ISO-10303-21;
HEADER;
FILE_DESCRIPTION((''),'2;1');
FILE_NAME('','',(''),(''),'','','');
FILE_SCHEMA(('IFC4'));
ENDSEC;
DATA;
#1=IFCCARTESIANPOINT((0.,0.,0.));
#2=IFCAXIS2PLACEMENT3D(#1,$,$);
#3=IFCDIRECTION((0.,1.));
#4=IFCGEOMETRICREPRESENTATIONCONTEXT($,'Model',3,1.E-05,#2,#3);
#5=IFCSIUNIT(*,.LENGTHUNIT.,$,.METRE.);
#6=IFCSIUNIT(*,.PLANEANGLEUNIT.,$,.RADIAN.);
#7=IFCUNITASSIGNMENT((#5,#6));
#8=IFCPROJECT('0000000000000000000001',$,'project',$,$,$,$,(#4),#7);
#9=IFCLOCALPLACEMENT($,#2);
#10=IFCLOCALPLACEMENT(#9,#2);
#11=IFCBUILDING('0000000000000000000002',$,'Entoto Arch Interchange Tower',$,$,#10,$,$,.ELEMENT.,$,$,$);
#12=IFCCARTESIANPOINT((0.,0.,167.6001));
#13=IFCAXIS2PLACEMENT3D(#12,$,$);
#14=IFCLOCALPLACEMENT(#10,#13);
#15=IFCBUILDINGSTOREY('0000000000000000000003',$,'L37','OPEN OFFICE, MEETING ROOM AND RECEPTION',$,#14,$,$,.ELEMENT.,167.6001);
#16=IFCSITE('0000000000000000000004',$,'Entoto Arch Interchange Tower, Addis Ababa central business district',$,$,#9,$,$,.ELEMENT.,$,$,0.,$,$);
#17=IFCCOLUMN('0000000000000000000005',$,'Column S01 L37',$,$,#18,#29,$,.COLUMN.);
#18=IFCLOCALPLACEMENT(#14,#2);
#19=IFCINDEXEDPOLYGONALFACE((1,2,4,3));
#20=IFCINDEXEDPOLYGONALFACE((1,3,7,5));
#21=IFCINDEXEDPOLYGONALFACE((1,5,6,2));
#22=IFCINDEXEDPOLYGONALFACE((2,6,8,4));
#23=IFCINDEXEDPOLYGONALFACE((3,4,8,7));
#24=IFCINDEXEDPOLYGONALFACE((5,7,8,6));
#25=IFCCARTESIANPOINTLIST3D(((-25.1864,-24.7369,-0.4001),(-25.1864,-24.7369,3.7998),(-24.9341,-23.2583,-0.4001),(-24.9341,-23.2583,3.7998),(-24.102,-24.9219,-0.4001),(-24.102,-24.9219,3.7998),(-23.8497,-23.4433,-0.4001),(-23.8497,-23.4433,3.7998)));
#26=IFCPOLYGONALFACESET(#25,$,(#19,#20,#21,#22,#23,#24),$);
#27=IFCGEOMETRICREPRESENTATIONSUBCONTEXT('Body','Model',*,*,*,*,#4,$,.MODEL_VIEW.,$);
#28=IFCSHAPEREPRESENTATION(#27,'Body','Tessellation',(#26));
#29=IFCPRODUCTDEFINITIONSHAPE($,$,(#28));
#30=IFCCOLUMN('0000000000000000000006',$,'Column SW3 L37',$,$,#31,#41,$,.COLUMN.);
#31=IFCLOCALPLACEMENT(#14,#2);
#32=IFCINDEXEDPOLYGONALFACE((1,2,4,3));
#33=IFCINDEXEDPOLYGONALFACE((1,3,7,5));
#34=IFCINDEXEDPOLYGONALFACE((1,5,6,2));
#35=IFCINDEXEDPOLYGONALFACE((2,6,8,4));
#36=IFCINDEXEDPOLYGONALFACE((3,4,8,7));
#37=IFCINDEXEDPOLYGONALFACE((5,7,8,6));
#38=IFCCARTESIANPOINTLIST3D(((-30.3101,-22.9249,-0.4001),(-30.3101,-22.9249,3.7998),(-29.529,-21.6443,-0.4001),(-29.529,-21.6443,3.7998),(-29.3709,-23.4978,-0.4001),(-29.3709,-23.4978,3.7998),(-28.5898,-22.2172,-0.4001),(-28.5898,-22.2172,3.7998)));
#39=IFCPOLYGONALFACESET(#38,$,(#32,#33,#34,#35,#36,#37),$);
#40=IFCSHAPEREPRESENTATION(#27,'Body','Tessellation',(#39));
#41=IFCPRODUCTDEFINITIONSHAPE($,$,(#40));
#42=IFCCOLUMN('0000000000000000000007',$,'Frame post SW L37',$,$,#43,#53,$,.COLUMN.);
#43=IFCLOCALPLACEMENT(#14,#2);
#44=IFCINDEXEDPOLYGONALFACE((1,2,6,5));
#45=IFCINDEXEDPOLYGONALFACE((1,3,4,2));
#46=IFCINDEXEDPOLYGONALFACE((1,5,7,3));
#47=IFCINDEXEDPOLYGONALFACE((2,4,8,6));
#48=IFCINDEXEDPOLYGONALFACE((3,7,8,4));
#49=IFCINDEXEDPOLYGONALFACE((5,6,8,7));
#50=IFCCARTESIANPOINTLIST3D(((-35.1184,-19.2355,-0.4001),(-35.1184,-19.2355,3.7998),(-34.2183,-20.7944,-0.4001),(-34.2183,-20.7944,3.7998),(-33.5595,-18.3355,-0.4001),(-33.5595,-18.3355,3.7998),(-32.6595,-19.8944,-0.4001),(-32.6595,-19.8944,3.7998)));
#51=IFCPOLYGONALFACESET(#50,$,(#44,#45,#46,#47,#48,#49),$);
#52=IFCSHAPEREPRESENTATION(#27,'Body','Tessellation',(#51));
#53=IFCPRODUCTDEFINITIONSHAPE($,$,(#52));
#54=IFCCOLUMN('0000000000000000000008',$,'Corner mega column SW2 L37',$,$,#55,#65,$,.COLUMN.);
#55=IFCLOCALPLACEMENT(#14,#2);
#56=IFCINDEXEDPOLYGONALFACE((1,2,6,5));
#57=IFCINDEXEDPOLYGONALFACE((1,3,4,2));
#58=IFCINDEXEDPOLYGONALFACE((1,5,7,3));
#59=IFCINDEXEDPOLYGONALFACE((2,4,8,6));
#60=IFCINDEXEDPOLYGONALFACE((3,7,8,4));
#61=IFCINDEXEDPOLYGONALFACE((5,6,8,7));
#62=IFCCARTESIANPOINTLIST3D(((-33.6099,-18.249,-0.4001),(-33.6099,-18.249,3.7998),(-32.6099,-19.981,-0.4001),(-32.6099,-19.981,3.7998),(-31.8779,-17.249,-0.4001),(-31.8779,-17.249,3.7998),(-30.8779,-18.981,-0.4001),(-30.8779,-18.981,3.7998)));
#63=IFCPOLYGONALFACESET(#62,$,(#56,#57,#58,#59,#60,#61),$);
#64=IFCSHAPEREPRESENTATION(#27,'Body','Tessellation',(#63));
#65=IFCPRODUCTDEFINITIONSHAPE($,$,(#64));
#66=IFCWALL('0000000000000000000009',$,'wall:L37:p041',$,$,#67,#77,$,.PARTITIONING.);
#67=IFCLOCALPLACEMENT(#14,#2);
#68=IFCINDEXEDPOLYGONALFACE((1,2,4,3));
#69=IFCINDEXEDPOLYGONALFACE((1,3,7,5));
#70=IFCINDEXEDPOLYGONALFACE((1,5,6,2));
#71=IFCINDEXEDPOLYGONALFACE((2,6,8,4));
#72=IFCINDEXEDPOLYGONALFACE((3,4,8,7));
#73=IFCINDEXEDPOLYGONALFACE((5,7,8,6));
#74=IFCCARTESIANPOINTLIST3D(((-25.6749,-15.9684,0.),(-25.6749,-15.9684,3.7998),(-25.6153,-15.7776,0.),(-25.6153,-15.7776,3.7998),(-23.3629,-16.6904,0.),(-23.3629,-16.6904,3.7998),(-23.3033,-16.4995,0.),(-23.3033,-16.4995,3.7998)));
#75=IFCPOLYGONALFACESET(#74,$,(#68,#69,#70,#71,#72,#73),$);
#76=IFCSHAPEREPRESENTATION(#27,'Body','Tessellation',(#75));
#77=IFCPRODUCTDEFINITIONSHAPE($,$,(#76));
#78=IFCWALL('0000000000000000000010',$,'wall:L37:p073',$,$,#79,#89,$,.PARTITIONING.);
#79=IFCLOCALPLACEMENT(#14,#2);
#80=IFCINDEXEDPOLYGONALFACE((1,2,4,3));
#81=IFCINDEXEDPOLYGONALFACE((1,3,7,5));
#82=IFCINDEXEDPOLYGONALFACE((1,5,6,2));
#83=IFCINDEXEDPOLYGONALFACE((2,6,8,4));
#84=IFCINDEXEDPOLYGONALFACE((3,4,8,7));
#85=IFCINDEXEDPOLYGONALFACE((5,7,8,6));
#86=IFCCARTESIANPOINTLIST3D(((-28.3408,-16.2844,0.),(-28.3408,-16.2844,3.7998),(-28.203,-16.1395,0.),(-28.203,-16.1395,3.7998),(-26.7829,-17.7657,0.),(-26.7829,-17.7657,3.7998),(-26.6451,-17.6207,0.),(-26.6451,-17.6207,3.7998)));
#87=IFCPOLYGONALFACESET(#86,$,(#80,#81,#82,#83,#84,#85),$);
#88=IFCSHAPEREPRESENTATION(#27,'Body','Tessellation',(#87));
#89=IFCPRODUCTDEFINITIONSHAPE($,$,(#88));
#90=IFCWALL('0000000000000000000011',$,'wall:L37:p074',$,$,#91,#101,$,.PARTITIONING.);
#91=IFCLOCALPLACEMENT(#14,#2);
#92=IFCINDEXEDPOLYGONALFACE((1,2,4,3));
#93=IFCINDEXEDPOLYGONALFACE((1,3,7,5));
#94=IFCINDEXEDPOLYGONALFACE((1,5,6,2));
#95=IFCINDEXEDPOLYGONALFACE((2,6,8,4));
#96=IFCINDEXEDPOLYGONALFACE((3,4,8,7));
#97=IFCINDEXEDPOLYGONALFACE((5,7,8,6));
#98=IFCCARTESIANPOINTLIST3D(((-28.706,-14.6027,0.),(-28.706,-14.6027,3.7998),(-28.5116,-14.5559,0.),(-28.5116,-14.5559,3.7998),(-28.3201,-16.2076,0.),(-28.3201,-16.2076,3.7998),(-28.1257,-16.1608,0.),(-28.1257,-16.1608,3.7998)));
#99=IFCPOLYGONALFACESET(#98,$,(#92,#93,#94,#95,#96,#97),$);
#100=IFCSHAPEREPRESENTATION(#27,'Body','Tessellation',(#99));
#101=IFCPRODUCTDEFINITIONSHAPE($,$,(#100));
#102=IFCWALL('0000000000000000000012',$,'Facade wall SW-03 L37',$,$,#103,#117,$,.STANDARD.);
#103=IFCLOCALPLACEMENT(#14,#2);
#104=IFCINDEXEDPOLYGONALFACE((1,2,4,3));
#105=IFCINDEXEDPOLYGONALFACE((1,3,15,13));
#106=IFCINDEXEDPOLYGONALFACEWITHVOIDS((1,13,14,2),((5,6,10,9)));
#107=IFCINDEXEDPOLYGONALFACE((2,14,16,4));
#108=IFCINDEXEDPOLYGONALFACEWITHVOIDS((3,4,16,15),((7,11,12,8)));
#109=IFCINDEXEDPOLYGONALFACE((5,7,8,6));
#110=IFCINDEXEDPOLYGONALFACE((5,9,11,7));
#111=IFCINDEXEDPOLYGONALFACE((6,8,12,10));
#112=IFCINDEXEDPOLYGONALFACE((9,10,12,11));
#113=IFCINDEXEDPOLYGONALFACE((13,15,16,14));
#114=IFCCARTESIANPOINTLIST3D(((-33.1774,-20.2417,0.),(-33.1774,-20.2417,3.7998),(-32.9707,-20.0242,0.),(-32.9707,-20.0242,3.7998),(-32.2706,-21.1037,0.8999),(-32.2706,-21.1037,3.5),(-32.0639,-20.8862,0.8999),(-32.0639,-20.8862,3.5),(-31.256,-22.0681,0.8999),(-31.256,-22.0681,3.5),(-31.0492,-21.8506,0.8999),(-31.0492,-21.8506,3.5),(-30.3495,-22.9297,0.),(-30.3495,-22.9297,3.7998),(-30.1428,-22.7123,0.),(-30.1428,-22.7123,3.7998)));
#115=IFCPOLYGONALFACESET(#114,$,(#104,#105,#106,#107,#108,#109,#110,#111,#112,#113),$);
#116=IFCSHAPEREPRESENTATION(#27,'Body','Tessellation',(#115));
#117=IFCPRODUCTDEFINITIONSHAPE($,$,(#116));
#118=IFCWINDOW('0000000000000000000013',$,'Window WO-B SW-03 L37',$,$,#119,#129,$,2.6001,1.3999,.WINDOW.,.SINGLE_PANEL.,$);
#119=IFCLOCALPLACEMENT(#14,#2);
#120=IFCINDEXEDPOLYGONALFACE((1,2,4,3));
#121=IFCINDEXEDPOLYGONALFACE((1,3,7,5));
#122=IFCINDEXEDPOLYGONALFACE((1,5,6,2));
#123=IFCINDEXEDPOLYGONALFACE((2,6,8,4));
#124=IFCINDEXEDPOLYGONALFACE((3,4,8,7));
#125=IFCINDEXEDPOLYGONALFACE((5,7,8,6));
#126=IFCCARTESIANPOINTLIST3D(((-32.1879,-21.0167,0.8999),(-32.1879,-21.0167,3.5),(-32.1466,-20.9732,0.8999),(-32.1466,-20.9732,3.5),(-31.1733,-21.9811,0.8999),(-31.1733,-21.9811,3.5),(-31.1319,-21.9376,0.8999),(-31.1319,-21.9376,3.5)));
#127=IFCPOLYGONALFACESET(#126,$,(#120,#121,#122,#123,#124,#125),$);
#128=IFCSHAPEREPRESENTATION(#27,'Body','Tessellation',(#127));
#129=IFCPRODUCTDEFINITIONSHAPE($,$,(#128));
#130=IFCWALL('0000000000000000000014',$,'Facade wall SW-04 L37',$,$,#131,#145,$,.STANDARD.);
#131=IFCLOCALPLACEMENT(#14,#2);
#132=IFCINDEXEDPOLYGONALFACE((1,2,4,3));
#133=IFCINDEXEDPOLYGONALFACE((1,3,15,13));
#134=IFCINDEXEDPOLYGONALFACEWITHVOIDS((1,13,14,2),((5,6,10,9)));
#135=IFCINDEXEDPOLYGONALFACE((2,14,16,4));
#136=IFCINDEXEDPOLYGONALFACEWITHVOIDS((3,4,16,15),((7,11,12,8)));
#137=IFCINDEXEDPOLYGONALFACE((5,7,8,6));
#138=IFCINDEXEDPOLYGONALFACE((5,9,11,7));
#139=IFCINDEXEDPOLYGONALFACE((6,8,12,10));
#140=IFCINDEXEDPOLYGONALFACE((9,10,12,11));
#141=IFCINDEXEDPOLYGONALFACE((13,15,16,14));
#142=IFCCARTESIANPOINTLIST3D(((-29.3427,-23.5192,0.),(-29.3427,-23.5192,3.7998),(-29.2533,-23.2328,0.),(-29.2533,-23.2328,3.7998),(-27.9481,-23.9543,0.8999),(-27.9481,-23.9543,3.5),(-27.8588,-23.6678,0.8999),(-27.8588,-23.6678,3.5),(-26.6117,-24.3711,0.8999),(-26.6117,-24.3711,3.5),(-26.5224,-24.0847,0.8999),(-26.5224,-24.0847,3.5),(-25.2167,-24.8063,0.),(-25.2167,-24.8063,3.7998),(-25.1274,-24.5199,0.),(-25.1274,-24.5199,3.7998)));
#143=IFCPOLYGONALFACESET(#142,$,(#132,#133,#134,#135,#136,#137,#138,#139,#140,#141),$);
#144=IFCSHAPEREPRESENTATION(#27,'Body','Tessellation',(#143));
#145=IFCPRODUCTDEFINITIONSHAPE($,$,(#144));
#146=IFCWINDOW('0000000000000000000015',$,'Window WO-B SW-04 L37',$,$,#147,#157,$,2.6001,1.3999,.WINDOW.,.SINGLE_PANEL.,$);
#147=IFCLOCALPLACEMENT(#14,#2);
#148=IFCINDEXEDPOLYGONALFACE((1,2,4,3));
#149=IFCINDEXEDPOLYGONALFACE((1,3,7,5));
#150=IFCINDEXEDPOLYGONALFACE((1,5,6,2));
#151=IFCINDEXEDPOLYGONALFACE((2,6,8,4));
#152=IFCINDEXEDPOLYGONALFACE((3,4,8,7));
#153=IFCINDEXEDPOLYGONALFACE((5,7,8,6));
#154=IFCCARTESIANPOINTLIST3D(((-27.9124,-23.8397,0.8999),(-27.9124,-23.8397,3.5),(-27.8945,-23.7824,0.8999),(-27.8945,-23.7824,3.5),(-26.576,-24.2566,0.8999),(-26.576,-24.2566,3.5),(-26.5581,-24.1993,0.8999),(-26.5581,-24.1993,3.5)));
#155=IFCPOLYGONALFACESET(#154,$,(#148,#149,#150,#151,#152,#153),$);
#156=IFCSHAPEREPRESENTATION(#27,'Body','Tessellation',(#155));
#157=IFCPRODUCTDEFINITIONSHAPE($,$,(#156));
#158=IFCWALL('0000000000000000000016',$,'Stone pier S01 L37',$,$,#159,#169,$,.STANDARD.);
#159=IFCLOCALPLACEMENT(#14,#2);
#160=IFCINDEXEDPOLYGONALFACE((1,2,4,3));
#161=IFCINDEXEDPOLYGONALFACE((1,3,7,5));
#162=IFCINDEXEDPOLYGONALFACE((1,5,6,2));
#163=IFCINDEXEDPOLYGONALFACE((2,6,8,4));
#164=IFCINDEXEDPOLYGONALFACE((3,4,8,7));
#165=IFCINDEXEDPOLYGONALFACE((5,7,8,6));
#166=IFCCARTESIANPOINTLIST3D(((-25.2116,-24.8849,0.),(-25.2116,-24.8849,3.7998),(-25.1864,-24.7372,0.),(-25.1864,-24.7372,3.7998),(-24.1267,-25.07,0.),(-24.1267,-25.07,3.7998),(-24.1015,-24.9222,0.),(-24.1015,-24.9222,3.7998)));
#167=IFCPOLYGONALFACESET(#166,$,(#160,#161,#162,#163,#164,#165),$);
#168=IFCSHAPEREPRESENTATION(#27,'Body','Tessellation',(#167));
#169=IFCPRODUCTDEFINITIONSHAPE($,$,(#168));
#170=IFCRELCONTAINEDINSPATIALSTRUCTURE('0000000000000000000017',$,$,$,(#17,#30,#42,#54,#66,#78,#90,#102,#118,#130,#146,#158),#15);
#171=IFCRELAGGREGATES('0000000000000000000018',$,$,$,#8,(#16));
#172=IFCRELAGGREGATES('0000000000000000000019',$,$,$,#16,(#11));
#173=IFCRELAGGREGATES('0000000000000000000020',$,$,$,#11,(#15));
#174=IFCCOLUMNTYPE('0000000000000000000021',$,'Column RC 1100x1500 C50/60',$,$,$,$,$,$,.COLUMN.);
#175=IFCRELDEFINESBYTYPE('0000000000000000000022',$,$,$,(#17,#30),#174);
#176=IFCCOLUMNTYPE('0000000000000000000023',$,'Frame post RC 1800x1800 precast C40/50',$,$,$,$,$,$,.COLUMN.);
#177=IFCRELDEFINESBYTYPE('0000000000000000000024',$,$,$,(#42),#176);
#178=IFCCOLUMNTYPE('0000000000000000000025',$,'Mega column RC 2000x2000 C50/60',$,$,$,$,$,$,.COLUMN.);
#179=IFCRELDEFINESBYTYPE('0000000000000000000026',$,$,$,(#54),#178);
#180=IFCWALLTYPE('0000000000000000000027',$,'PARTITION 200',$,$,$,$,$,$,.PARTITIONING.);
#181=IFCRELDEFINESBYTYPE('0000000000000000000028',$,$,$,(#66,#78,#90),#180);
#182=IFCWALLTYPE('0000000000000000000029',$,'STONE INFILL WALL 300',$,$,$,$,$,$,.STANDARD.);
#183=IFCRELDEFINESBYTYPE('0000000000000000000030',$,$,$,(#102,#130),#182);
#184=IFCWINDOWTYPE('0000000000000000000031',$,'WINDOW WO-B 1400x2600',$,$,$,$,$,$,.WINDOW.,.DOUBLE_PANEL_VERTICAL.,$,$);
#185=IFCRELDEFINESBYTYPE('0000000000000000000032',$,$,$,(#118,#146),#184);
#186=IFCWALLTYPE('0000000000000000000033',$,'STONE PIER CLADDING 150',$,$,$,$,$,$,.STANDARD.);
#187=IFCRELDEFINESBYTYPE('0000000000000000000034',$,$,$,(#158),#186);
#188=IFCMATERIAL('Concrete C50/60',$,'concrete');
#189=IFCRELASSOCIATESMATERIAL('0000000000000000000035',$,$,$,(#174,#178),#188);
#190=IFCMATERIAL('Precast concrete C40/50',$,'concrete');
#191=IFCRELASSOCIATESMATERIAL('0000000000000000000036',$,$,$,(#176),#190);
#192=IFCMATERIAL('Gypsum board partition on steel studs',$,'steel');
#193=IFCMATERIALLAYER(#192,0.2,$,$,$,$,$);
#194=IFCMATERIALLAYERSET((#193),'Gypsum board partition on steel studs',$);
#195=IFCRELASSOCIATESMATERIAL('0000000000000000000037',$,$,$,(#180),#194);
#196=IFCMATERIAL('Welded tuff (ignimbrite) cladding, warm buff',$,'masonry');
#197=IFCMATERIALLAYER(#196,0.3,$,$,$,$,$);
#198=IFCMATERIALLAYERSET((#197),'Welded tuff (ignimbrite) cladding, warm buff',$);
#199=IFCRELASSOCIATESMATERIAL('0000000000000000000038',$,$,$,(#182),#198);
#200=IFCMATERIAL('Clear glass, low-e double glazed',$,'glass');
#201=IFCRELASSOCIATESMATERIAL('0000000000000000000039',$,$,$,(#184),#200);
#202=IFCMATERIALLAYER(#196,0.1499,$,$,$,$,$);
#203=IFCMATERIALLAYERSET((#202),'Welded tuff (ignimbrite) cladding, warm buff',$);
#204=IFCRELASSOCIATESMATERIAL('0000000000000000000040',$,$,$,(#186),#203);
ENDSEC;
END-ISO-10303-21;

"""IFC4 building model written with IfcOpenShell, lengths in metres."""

from ifc_helpers import new_model, si_unit, direction, frame, frame_2d, origin, origin_2d, place, context, subcontext, project, spatial, rectangle, extrude, material, layer, layer_set, material_profile, profile_set, type_object, element, fill, save


model = new_model("IFC4")

# Units and contexts
model_context = context("Model", 3, precision=1e-05, world=origin(), true_north=direction((0.0, 1.0)))
body_context = subcontext(model_context, "Body", "Model", "MODEL_VIEW")
ifc_project = project(units=[si_unit("LENGTHUNIT", "METRE"), si_unit("PLANEANGLEUNIT", "RADIAN")], contexts=[model_context])

# Site, building, storey
site_placement = place(None, origin())
site = spatial("IfcSite", under=ifc_project, at=site_placement, Name="Entoto Arch Interchange Tower, Addis Ababa central business district", CompositionType="ELEMENT", RefElevation=0.0)
building_placement = place(site_placement, origin())
building = spatial("IfcBuilding", under=site, at=building_placement, Name="Entoto Arch Interchange Tower", CompositionType="ELEMENT")
storey_placement = place(building_placement, frame((0.0, 0.0, 167.6001)))
storey = spatial("IfcBuildingStorey", under=building, at=storey_placement, Name="L37", Description="OPEN OFFICE, MEETING ROOM AND RECEPTION", CompositionType="ELEMENT", Elevation=167.6001)

# Columns
ifc_material_1 = material(Name="Concrete C50/60", Category="concrete")
ifc_material_profile_1 = material_profile(ifc_material_1, rectangle(XDim=1.1001, YDim=1.5, at=origin_2d()))
ifc_profile_set_1 = profile_set([ifc_material_profile_1], Name="Concrete C50/60")
column_type_1 = type_object("IfcColumnType", Name="Column RC 1100x1500 C50/60", PredefinedType="COLUMN", material=ifc_profile_set_1)
for number, where, z_axis, x_axis, name in (
    (1, (-24.5181, -24.0901, -0.4001), (0.0, 0.0, 1.0), (-0.985753, 0.168197, 0.0), "Column S01 L37"),
    (2, (-29.45, -22.571, -0.4001), (0.0, 0.0, 1.0), (-0.853714, 0.520741, 0.0), "Column SW3 L37"),
):
    element("IfcColumn", number, at=place(storey_placement, frame(where, z_axis=z_axis, x_axis=x_axis)), inside=storey, type_object=column_type_1, Name=name, PredefinedType="COLUMN", context=body_context, shape_type="SweptSolid", body=[
        extrude(rectangle(XDim=1.1001, YDim=1.5, at=origin_2d()), origin(), (0.0, 0.0, 1.0), 4.2),
    ])
ifc_material_2 = material(Name="Precast concrete C40/50", Category="concrete")
ifc_material_profile_2 = material_profile(ifc_material_2, rectangle(XDim=1.8, YDim=1.8, at=origin_2d()))
ifc_profile_set_2 = profile_set([ifc_material_profile_2], Name="Precast concrete C40/50")
column_type_2 = type_object("IfcColumnType", Name="Frame post RC 1800x1800 precast C40/50", PredefinedType="COLUMN", material=ifc_profile_set_2)
column_1_placement = place(storey_placement, frame((-33.8889, -19.5649, -0.4001), z_axis=(0.0, 0.0, 1.0), x_axis=(0.866025, 0.5, 0.0)))
element("IfcColumn", 3, at=column_1_placement, inside=storey, type_object=column_type_2, Name="Frame post SW L37", PredefinedType="COLUMN", context=body_context, shape_type="SweptSolid", body=[
    extrude(rectangle(XDim=1.8, YDim=1.8, at=origin_2d()), origin(), (0.0, 0.0, 1.0), 4.2),
])
ifc_material_profile_3 = material_profile(ifc_material_1, rectangle(XDim=2.0, YDim=2.0, at=origin_2d()))
ifc_profile_set_3 = profile_set([ifc_material_profile_3], Name="Concrete C50/60")
column_type_3 = type_object("IfcColumnType", Name="Mega column RC 2000x2000 C50/60", PredefinedType="COLUMN", material=ifc_profile_set_3)
column_2_placement = place(storey_placement, frame((-32.2439, -18.615, -0.4001), z_axis=(0.0, 0.0, 1.0), x_axis=(0.866025, 0.5, 0.0)))
element("IfcColumn", 4, at=column_2_placement, inside=storey, type_object=column_type_3, Name="Corner mega column SW2 L37", PredefinedType="COLUMN", context=body_context, shape_type="SweptSolid", body=[
    extrude(rectangle(XDim=2.0, YDim=2.0, at=origin_2d()), origin(), (0.0, 0.0, 1.0), 4.2),
])

# Walls
ifc_material_3 = material(Name="Gypsum board partition on steel studs", Category="steel")
ifc_layer_1 = layer(ifc_material_3, 0.2)
ifc_layer_set_1 = layer_set([ifc_layer_1], Name="Gypsum board partition on steel studs")
wall_type_1 = type_object("IfcWallType", Name="PARTITION 200", PredefinedType="PARTITIONING", material=ifc_layer_set_1)
wall_1_placement = place(storey_placement, frame((-25.645, -15.873, 0.0), z_axis=(0.0, 0.0, 1.0), x_axis=(0.954548, -0.298057, 0.0)))
element("IfcWall", 5, at=wall_1_placement, inside=storey, type_object=wall_type_1, Name="wall:L37:p041", PredefinedType="PARTITIONING", context=body_context, shape_type="SweptSolid", body=[
    extrude(rectangle(XDim=2.4221, YDim=0.2, at=frame_2d((1.2109, 0.0))), origin(), (0.0, 0.0, 1.0), 3.7998),
])
wall_2_placement = place(storey_placement, frame((-26.7141, -17.6931, 0.0), z_axis=(0.0, 0.0, 1.0), x_axis=(-0.724713, 0.689051, 0.0)))
element("IfcWall", 6, at=wall_2_placement, inside=storey, type_object=wall_type_1, Name="wall:L37:p073", PredefinedType="PARTITIONING", context=body_context, shape_type="SweptSolid", body=[
    extrude(rectangle(XDim=2.1497, YDim=0.2, at=frame_2d((1.0747, 0.0))), origin(), (0.0, 0.0, 1.0), 3.7998),
])
wall_3_placement = place(storey_placement, frame((-28.2229, -16.1841, 0.0), z_axis=(0.0, 0.0, 1.0), x_axis=(-0.233826, 0.972278, 0.0)))
element("IfcWall", 7, at=wall_3_placement, inside=storey, type_object=wall_type_1, Name="wall:L37:p074", PredefinedType="PARTITIONING", context=body_context, shape_type="SweptSolid", body=[
    extrude(rectangle(XDim=1.6506, YDim=0.2, at=frame_2d((0.8252, 0.0))), origin(), (0.0, 0.0, 1.0), 3.7998),
])

# Walls, openings, windows
ifc_material_4 = material(Name="Welded tuff (ignimbrite) cladding, warm buff", Category="masonry")
ifc_layer_2 = layer(ifc_material_4, 0.3)
ifc_layer_set_2 = layer_set([ifc_layer_2], Name="Welded tuff (ignimbrite) cladding, warm buff")
wall_type_2 = type_object("IfcWallType", Name="STONE INFILL WALL 300", PredefinedType="STANDARD", material=ifc_layer_set_2)
wall_4_placement = place(storey_placement, frame((-33.074, -20.1331, 0.0), z_axis=(0.0, 0.0, 1.0), x_axis=(0.724807, -0.688952, 0.0)))
wall_4 = element("IfcWall", 8, at=wall_4_placement, inside=storey, type_object=wall_type_2, Name="Facade wall SW-03 L37", PredefinedType="STANDARD", context=body_context, shape_type="SweptSolid", body=[
    extrude(rectangle(XDim=3.9016, YDim=0.3, at=frame_2d((1.9507, 0.0))), origin(), (0.0, 0.0, 1.0), 3.7998),
])
opening_1_placement = place(wall_4_placement, frame((1.251, 0.0, 0.8999)))
opening_1 = element("IfcOpeningElement", 9, at=opening_1_placement, cuts=wall_4, PredefinedType="OPENING", context=body_context, shape_type="SweptSolid", body=[
    extrude(rectangle(XDim=1.3999, YDim=2.6001, at=frame_2d((0.7, 1.3))), frame((0.0, 0.1602, 0.0), z_axis=(0.0, -1.0, 0.0), x_axis=(1.0, 0.0, 0.0)), (0.0, 0.0, 1.0), 0.3201),
])
ifc_material_5 = material(Name="Clear glass, low-e double glazed", Category="glass")
window_type = type_object("IfcWindowType", Name="WINDOW WO-B 1400x2600", PartitioningType="DOUBLE_PANEL_VERTICAL", PredefinedType="WINDOW", material=ifc_material_5)
window_1_placement = place(opening_1_placement, origin())
window_1 = element("IfcWindow", 10, at=window_1_placement, inside=storey, type_object=window_type, Name="Window WO-B SW-03 L37", OverallHeight=2.6001, OverallWidth=1.3999, PartitioningType="SINGLE_PANEL", PredefinedType="WINDOW", context=body_context, shape_type="SweptSolid", body=[
    extrude(rectangle(XDim=1.3999, YDim=2.6001, at=frame_2d((0.7, 1.3))), frame((0.0, 0.03, 0.0), z_axis=(0.0, -1.0, 0.0), x_axis=(1.0, 0.0, 0.0)), (0.0, 0.0, 1.0), 0.0601),
])
fill(opening_1, window_1)
wall_5_placement = place(storey_placement, frame((-29.2981, -23.376, 0.0), z_axis=(0.0, 0.0, 1.0), x_axis=(0.954629, -0.297799, 0.0)))
wall_5 = element("IfcWall", 11, at=wall_5_placement, inside=storey, type_object=wall_type_2, Name="Facade wall SW-04 L37", PredefinedType="STANDARD", context=body_context, shape_type="SweptSolid", body=[
    extrude(rectangle(XDim=4.322, YDim=0.3, at=frame_2d((2.1611, 0.0))), origin(), (0.0, 0.0, 1.0), 3.7998),
])
opening_2_placement = place(wall_5_placement, frame((1.4609, 0.0, 0.8999)))
opening_2 = element("IfcOpeningElement", 12, at=opening_2_placement, cuts=wall_5, PredefinedType="OPENING", context=body_context, shape_type="SweptSolid", body=[
    extrude(rectangle(XDim=1.3999, YDim=2.6001, at=frame_2d((0.7, 1.3))), frame((0.0, 0.1602, 0.0), z_axis=(0.0, -1.0, 0.0), x_axis=(1.0, 0.0, 0.0)), (0.0, 0.0, 1.0), 0.3201),
])
window_2_placement = place(opening_2_placement, origin())
window_2 = element("IfcWindow", 13, at=window_2_placement, inside=storey, type_object=window_type, Name="Window WO-B SW-04 L37", OverallHeight=2.6001, OverallWidth=1.3999, PartitioningType="SINGLE_PANEL", PredefinedType="WINDOW", context=body_context, shape_type="SweptSolid", body=[
    extrude(rectangle(XDim=1.3999, YDim=2.6001, at=frame_2d((0.7, 1.3))), frame((0.0, 0.03, 0.0), z_axis=(0.0, -1.0, 0.0), x_axis=(1.0, 0.0, 0.0)), (0.0, 0.0, 1.0), 0.0601),
])
fill(opening_2, window_2)

# Wall
ifc_layer_3 = layer(ifc_material_4, 0.1499)
ifc_layer_set_3 = layer_set([ifc_layer_3], Name="Welded tuff (ignimbrite) cladding, warm buff")
wall_type_3 = type_object("IfcWallType", Name="STONE PIER CLADDING 150", PredefinedType="STANDARD", material=ifc_layer_set_3)
wall_6_placement = place(storey_placement, frame((-25.199, -24.811, 0.0), z_axis=(0.0, 0.0, 1.0), x_axis=(0.985763, -0.168139, 0.0)))
element("IfcWall", 14, at=wall_6_placement, inside=storey, type_object=wall_type_3, Name="Stone pier S01 L37", PredefinedType="STANDARD", context=body_context, shape_type="SweptSolid", body=[
    extrude(rectangle(XDim=1.1006, YDim=0.1499, at=frame_2d((0.5503, 0.0))), origin(), (0.0, 0.0, 1.0), 3.7998),
])

save(model, "model.ifc")
